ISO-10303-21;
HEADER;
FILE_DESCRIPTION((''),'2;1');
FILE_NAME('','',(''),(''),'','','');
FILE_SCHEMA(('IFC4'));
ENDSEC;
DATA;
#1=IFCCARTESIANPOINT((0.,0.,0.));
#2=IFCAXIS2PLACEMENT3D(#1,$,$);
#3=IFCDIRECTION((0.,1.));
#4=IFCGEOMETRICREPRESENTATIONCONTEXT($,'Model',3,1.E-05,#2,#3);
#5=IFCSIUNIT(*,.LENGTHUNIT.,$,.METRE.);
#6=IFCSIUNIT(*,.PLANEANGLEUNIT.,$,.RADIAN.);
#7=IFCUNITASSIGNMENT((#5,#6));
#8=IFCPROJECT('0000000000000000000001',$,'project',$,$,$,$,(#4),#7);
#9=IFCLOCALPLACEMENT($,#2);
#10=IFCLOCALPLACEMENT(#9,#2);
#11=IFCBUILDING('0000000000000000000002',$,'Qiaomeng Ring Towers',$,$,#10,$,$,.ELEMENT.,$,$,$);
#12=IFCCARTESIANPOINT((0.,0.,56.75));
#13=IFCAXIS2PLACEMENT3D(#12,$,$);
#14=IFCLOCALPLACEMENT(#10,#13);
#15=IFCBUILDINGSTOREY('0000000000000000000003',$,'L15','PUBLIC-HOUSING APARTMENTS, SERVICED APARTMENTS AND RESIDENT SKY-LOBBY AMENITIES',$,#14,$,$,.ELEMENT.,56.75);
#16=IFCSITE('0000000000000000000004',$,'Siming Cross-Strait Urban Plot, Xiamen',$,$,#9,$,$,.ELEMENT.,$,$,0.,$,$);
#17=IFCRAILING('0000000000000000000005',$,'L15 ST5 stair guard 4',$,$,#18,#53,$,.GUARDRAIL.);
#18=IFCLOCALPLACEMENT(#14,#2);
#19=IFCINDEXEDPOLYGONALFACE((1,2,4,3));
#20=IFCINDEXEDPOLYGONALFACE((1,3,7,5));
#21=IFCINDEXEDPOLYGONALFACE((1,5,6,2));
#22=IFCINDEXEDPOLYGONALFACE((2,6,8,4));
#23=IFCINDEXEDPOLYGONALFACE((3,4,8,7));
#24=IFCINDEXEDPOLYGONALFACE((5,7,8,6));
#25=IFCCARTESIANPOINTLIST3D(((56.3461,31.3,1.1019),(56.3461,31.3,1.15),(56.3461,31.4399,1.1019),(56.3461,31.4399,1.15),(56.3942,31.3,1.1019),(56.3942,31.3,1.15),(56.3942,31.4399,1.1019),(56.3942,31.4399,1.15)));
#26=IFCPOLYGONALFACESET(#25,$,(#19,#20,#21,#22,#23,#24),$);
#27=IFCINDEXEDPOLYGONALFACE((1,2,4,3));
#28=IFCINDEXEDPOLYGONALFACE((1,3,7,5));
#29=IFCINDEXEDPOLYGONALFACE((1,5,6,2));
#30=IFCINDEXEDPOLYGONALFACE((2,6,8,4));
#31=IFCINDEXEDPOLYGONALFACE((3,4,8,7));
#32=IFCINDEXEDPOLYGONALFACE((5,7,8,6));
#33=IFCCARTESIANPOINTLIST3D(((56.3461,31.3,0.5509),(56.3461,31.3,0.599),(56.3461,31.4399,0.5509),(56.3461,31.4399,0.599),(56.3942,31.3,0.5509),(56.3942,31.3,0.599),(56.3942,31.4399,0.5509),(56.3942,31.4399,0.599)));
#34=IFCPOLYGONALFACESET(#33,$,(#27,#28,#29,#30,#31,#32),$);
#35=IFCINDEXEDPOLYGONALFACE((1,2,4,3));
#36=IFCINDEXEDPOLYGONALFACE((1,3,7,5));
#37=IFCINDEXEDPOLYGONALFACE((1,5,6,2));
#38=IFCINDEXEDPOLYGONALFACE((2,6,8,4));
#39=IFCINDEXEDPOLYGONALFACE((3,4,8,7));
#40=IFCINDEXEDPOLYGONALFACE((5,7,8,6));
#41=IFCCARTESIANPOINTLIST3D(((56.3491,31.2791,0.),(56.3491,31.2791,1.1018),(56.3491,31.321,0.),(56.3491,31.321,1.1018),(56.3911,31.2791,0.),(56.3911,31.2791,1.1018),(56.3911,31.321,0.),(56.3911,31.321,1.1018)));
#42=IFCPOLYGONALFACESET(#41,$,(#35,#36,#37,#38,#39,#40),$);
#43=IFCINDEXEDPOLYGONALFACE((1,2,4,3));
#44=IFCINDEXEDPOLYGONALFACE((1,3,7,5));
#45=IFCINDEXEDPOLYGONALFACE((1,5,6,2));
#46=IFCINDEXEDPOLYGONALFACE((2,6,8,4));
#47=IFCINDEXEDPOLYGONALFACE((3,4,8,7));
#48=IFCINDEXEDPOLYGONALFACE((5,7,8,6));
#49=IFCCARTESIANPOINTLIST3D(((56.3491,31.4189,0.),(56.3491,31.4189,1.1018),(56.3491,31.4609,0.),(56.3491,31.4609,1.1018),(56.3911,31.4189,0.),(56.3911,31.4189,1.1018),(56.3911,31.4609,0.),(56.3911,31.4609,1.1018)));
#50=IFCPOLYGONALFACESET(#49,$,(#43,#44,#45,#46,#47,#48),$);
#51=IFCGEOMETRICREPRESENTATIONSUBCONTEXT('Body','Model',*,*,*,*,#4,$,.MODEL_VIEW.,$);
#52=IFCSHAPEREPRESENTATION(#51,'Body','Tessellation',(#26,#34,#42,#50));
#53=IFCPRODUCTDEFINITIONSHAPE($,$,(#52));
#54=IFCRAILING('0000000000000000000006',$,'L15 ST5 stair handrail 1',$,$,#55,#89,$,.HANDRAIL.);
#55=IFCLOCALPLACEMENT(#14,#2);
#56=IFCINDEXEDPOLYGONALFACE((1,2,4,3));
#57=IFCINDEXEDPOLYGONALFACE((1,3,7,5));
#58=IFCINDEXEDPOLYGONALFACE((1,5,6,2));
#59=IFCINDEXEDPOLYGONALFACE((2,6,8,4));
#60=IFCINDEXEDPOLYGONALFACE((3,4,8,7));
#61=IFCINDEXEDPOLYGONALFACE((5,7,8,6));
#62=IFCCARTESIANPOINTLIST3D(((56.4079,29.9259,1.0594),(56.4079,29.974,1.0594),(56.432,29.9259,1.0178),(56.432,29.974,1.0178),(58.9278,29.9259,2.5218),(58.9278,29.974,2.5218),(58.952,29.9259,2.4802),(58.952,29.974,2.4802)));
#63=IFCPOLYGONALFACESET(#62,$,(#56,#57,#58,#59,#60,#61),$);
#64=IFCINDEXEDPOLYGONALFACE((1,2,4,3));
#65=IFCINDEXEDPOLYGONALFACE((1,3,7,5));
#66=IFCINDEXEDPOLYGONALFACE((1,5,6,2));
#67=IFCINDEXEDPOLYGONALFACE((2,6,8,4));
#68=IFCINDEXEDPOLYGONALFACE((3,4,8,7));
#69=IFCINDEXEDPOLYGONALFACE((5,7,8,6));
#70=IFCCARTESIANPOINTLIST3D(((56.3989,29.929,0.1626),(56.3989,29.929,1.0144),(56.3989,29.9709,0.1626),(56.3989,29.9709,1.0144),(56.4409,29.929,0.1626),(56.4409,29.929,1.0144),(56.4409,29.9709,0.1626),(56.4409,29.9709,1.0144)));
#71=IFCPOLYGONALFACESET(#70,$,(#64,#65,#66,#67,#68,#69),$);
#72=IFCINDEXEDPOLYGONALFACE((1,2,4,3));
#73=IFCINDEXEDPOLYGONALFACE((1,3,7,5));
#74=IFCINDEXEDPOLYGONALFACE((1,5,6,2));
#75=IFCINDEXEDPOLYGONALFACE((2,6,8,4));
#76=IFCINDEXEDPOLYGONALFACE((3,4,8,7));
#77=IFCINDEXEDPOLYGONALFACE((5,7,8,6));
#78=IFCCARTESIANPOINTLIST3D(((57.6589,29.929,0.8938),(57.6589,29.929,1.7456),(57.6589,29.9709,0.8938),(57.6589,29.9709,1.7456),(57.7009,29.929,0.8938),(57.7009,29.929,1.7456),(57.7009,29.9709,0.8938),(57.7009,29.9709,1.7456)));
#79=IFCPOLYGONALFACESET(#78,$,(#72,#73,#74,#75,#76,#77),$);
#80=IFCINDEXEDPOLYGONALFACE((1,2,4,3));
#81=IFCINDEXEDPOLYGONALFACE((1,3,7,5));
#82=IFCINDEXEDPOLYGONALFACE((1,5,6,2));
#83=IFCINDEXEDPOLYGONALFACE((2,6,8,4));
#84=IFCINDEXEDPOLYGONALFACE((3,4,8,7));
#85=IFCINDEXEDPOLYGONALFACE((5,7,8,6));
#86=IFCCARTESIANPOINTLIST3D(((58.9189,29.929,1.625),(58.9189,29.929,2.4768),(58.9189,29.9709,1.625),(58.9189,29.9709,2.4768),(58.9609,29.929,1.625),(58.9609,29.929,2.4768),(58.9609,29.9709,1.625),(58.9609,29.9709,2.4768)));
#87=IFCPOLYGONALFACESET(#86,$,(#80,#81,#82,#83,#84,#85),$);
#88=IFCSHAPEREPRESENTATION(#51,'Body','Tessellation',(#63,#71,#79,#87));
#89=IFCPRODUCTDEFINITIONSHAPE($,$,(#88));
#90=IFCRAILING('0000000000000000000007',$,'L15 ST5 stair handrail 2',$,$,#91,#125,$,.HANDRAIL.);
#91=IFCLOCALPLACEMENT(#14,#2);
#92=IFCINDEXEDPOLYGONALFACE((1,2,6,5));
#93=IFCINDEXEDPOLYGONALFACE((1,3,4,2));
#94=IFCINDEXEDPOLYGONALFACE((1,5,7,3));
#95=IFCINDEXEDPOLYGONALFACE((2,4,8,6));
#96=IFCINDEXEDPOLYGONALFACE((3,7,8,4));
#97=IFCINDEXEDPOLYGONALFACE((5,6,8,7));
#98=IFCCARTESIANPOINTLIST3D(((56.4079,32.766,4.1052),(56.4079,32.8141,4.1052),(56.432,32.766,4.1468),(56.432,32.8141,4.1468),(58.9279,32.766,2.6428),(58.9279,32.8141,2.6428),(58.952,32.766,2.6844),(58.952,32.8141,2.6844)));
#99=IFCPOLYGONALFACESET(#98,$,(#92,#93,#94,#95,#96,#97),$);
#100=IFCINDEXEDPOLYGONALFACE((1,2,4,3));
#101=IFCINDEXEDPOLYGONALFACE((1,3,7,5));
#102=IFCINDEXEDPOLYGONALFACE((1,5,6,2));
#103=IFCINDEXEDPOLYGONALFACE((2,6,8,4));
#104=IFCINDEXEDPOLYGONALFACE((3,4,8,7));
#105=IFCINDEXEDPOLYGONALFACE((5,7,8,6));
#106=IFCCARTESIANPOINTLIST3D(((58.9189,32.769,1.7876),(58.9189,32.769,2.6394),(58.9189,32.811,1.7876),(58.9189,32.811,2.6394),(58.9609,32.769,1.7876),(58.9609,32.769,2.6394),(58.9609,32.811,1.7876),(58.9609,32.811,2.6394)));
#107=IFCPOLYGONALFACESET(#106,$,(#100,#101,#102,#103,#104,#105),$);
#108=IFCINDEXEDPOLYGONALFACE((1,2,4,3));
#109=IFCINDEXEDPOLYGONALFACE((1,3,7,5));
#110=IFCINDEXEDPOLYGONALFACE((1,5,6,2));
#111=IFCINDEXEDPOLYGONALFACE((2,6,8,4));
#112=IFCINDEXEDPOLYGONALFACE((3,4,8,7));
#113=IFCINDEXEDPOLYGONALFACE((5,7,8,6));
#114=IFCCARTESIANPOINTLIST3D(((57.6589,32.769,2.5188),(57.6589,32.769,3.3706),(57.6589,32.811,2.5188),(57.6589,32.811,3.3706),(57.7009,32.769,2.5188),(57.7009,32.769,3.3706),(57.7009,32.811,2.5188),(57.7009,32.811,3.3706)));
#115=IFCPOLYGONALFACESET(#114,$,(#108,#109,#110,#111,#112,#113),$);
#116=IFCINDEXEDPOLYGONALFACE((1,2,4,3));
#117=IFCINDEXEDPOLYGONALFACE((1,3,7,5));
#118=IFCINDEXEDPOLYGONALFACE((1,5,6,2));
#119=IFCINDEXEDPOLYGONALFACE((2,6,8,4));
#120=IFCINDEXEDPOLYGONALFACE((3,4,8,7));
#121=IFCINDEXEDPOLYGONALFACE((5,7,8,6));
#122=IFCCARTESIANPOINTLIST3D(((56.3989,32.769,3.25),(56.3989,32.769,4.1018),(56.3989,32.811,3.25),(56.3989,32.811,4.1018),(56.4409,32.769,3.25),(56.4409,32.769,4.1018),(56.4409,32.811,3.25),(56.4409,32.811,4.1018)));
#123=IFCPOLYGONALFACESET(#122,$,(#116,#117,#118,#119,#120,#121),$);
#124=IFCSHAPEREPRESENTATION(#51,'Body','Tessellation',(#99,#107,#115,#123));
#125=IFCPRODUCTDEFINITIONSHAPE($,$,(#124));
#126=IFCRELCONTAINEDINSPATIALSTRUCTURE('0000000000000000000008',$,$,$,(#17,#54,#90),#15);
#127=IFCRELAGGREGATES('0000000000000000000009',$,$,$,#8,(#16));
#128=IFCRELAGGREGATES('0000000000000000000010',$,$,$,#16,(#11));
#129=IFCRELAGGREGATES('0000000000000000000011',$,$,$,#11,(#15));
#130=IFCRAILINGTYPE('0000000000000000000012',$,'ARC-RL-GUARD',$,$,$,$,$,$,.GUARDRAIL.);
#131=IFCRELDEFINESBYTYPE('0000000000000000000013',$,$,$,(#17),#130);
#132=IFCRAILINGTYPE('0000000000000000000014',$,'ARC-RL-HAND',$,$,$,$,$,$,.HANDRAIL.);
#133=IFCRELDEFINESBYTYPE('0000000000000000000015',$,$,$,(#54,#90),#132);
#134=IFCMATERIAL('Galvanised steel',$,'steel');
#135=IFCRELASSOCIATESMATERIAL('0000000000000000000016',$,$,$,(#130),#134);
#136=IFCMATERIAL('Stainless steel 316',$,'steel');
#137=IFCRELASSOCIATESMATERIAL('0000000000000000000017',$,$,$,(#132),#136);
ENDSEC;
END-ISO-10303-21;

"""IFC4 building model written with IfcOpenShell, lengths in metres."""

from ifc_helpers import new_model, si_unit, direction, frame, origin, origin_2d, place, context, subcontext, project, spatial, rectangle, extrude, material, type_object, element, save


model = new_model("IFC4")

# Units and contexts
model_context = context("Model", 3, precision=1e-05, world=origin(), true_north=direction((0.0, 1.0)))
body_context = subcontext(model_context, "Body", "Model", "MODEL_VIEW")
ifc_project = project(units=[si_unit("LENGTHUNIT", "METRE"), si_unit("PLANEANGLEUNIT", "RADIAN")], contexts=[model_context])

# Site, building, storey
site_placement = place(None, origin())
site = spatial("IfcSite", under=ifc_project, at=site_placement, Name="Siming Cross-Strait Urban Plot, Xiamen", CompositionType="ELEMENT", RefElevation=0.0)
building_placement = place(site_placement, origin())
building = spatial("IfcBuilding", under=site, at=building_placement, Name="Qiaomeng Ring Towers", CompositionType="ELEMENT")
storey_placement = place(building_placement, frame((0.0, 0.0, 56.75)))
storey = spatial("IfcBuildingStorey", under=building, at=storey_placement, Name="L15", Description="PUBLIC-HOUSING APARTMENTS, SERVICED APARTMENTS AND RESIDENT SKY-LOBBY AMENITIES", CompositionType="ELEMENT", Elevation=56.75)

# Shared definitions
ifc_material_1 = material(Name="Galvanised steel", Category="steel")
ifc_material_2 = material(Name="Stainless steel 316", Category="steel")

# Railings
railing_type_1 = type_object("IfcRailingType", Name="ARC-RL-GUARD", PredefinedType="GUARDRAIL", material=ifc_material_1)
railing_1_placement = place(storey_placement, frame((56.3701, 31.3, 0.0)))
element("IfcRailing", 1, at=railing_1_placement, inside=storey, type_object=railing_type_1, Name="L15 ST5 stair guard 4", PredefinedType="GUARDRAIL", context=body_context, shape_type="SweptSolid", body=[
    extrude(rectangle(XDim=0.0481, YDim=0.0481, at=origin_2d()), frame((0.0, 0.0, 1.126), z_axis=(0.0, 1.0, 0.0), x_axis=(-1.0, 0.0, 0.0)), (0.0, 0.0, 1.0), 0.1399),
    extrude(rectangle(XDim=0.0481, YDim=0.0481, at=origin_2d()), frame((0.0, 0.0, 0.575), z_axis=(0.0, 1.0, 0.0), x_axis=(-1.0, 0.0, 0.0)), (0.0, 0.0, 1.0), 0.1399),
    extrude(rectangle(XDim=0.042, YDim=0.042, at=origin_2d()), origin(), (0.0, 0.0, 1.0), 1.1018),
    extrude(rectangle(XDim=0.042, YDim=0.042, at=origin_2d()), frame((0.0, 0.1399, 0.0)), (0.0, 0.0, 1.0), 1.1018),
])
railing_type_2 = type_object("IfcRailingType", Name="ARC-RL-HAND", PredefinedType="HANDRAIL", material=ifc_material_2)
railing_2_placement = place(storey_placement, frame((56.4199, 29.95, 0.1626)))
element("IfcRailing", 2, at=railing_2_placement, inside=storey, type_object=railing_type_2, Name="L15 ST5 stair handrail 1", PredefinedType="HANDRAIL", context=body_context, shape_type="SweptSolid", body=[
    extrude(rectangle(XDim=0.0481, YDim=0.0481, at=origin_2d()), frame((0.0, 0.0, 0.876), z_axis=(0.864913, 0.0, 0.501921), x_axis=(0.0, 1.0, 0.0)), (0.0, 0.0, 1.0), 2.9136),
    extrude(rectangle(XDim=0.042, YDim=0.042, at=origin_2d()), origin(), (0.0, 0.0, 1.0), 0.8518),
    extrude(rectangle(XDim=0.042, YDim=0.042, at=origin_2d()), frame((1.26, 0.0, 0.7312)), (0.0, 0.0, 1.0), 0.8518),
    extrude(rectangle(XDim=0.042, YDim=0.042, at=origin_2d()), frame((2.52, 0.0, 1.4624)), (0.0, 0.0, 1.0), 0.8518),
])
railing_3_placement = place(storey_placement, frame((58.9399, 32.79, 1.7876)))
element("IfcRailing", 3, at=railing_3_placement, inside=storey, type_object=railing_type_2, Name="L15 ST5 stair handrail 2", PredefinedType="HANDRAIL", context=body_context, shape_type="SweptSolid", body=[
    extrude(rectangle(XDim=0.0481, YDim=0.0481, at=origin_2d()), frame((0.0, 0.0, 0.876), z_axis=(-0.864913, 0.0, 0.501921), x_axis=(0.0, -1.0, 0.0)), (0.0, 0.0, 1.0), 2.9136),
    extrude(rectangle(XDim=0.042, YDim=0.042, at=origin_2d()), origin(), (0.0, 0.0, 1.0), 0.8518),
    extrude(rectangle(XDim=0.042, YDim=0.042, at=origin_2d()), frame((-1.26, 0.0, 0.7312)), (0.0, 0.0, 1.0), 0.8518),
    extrude(rectangle(XDim=0.042, YDim=0.042, at=origin_2d()), frame((-2.52, 0.0, 1.4624)), (0.0, 0.0, 1.0), 0.8518),
])

save(model, "model.ifc")
